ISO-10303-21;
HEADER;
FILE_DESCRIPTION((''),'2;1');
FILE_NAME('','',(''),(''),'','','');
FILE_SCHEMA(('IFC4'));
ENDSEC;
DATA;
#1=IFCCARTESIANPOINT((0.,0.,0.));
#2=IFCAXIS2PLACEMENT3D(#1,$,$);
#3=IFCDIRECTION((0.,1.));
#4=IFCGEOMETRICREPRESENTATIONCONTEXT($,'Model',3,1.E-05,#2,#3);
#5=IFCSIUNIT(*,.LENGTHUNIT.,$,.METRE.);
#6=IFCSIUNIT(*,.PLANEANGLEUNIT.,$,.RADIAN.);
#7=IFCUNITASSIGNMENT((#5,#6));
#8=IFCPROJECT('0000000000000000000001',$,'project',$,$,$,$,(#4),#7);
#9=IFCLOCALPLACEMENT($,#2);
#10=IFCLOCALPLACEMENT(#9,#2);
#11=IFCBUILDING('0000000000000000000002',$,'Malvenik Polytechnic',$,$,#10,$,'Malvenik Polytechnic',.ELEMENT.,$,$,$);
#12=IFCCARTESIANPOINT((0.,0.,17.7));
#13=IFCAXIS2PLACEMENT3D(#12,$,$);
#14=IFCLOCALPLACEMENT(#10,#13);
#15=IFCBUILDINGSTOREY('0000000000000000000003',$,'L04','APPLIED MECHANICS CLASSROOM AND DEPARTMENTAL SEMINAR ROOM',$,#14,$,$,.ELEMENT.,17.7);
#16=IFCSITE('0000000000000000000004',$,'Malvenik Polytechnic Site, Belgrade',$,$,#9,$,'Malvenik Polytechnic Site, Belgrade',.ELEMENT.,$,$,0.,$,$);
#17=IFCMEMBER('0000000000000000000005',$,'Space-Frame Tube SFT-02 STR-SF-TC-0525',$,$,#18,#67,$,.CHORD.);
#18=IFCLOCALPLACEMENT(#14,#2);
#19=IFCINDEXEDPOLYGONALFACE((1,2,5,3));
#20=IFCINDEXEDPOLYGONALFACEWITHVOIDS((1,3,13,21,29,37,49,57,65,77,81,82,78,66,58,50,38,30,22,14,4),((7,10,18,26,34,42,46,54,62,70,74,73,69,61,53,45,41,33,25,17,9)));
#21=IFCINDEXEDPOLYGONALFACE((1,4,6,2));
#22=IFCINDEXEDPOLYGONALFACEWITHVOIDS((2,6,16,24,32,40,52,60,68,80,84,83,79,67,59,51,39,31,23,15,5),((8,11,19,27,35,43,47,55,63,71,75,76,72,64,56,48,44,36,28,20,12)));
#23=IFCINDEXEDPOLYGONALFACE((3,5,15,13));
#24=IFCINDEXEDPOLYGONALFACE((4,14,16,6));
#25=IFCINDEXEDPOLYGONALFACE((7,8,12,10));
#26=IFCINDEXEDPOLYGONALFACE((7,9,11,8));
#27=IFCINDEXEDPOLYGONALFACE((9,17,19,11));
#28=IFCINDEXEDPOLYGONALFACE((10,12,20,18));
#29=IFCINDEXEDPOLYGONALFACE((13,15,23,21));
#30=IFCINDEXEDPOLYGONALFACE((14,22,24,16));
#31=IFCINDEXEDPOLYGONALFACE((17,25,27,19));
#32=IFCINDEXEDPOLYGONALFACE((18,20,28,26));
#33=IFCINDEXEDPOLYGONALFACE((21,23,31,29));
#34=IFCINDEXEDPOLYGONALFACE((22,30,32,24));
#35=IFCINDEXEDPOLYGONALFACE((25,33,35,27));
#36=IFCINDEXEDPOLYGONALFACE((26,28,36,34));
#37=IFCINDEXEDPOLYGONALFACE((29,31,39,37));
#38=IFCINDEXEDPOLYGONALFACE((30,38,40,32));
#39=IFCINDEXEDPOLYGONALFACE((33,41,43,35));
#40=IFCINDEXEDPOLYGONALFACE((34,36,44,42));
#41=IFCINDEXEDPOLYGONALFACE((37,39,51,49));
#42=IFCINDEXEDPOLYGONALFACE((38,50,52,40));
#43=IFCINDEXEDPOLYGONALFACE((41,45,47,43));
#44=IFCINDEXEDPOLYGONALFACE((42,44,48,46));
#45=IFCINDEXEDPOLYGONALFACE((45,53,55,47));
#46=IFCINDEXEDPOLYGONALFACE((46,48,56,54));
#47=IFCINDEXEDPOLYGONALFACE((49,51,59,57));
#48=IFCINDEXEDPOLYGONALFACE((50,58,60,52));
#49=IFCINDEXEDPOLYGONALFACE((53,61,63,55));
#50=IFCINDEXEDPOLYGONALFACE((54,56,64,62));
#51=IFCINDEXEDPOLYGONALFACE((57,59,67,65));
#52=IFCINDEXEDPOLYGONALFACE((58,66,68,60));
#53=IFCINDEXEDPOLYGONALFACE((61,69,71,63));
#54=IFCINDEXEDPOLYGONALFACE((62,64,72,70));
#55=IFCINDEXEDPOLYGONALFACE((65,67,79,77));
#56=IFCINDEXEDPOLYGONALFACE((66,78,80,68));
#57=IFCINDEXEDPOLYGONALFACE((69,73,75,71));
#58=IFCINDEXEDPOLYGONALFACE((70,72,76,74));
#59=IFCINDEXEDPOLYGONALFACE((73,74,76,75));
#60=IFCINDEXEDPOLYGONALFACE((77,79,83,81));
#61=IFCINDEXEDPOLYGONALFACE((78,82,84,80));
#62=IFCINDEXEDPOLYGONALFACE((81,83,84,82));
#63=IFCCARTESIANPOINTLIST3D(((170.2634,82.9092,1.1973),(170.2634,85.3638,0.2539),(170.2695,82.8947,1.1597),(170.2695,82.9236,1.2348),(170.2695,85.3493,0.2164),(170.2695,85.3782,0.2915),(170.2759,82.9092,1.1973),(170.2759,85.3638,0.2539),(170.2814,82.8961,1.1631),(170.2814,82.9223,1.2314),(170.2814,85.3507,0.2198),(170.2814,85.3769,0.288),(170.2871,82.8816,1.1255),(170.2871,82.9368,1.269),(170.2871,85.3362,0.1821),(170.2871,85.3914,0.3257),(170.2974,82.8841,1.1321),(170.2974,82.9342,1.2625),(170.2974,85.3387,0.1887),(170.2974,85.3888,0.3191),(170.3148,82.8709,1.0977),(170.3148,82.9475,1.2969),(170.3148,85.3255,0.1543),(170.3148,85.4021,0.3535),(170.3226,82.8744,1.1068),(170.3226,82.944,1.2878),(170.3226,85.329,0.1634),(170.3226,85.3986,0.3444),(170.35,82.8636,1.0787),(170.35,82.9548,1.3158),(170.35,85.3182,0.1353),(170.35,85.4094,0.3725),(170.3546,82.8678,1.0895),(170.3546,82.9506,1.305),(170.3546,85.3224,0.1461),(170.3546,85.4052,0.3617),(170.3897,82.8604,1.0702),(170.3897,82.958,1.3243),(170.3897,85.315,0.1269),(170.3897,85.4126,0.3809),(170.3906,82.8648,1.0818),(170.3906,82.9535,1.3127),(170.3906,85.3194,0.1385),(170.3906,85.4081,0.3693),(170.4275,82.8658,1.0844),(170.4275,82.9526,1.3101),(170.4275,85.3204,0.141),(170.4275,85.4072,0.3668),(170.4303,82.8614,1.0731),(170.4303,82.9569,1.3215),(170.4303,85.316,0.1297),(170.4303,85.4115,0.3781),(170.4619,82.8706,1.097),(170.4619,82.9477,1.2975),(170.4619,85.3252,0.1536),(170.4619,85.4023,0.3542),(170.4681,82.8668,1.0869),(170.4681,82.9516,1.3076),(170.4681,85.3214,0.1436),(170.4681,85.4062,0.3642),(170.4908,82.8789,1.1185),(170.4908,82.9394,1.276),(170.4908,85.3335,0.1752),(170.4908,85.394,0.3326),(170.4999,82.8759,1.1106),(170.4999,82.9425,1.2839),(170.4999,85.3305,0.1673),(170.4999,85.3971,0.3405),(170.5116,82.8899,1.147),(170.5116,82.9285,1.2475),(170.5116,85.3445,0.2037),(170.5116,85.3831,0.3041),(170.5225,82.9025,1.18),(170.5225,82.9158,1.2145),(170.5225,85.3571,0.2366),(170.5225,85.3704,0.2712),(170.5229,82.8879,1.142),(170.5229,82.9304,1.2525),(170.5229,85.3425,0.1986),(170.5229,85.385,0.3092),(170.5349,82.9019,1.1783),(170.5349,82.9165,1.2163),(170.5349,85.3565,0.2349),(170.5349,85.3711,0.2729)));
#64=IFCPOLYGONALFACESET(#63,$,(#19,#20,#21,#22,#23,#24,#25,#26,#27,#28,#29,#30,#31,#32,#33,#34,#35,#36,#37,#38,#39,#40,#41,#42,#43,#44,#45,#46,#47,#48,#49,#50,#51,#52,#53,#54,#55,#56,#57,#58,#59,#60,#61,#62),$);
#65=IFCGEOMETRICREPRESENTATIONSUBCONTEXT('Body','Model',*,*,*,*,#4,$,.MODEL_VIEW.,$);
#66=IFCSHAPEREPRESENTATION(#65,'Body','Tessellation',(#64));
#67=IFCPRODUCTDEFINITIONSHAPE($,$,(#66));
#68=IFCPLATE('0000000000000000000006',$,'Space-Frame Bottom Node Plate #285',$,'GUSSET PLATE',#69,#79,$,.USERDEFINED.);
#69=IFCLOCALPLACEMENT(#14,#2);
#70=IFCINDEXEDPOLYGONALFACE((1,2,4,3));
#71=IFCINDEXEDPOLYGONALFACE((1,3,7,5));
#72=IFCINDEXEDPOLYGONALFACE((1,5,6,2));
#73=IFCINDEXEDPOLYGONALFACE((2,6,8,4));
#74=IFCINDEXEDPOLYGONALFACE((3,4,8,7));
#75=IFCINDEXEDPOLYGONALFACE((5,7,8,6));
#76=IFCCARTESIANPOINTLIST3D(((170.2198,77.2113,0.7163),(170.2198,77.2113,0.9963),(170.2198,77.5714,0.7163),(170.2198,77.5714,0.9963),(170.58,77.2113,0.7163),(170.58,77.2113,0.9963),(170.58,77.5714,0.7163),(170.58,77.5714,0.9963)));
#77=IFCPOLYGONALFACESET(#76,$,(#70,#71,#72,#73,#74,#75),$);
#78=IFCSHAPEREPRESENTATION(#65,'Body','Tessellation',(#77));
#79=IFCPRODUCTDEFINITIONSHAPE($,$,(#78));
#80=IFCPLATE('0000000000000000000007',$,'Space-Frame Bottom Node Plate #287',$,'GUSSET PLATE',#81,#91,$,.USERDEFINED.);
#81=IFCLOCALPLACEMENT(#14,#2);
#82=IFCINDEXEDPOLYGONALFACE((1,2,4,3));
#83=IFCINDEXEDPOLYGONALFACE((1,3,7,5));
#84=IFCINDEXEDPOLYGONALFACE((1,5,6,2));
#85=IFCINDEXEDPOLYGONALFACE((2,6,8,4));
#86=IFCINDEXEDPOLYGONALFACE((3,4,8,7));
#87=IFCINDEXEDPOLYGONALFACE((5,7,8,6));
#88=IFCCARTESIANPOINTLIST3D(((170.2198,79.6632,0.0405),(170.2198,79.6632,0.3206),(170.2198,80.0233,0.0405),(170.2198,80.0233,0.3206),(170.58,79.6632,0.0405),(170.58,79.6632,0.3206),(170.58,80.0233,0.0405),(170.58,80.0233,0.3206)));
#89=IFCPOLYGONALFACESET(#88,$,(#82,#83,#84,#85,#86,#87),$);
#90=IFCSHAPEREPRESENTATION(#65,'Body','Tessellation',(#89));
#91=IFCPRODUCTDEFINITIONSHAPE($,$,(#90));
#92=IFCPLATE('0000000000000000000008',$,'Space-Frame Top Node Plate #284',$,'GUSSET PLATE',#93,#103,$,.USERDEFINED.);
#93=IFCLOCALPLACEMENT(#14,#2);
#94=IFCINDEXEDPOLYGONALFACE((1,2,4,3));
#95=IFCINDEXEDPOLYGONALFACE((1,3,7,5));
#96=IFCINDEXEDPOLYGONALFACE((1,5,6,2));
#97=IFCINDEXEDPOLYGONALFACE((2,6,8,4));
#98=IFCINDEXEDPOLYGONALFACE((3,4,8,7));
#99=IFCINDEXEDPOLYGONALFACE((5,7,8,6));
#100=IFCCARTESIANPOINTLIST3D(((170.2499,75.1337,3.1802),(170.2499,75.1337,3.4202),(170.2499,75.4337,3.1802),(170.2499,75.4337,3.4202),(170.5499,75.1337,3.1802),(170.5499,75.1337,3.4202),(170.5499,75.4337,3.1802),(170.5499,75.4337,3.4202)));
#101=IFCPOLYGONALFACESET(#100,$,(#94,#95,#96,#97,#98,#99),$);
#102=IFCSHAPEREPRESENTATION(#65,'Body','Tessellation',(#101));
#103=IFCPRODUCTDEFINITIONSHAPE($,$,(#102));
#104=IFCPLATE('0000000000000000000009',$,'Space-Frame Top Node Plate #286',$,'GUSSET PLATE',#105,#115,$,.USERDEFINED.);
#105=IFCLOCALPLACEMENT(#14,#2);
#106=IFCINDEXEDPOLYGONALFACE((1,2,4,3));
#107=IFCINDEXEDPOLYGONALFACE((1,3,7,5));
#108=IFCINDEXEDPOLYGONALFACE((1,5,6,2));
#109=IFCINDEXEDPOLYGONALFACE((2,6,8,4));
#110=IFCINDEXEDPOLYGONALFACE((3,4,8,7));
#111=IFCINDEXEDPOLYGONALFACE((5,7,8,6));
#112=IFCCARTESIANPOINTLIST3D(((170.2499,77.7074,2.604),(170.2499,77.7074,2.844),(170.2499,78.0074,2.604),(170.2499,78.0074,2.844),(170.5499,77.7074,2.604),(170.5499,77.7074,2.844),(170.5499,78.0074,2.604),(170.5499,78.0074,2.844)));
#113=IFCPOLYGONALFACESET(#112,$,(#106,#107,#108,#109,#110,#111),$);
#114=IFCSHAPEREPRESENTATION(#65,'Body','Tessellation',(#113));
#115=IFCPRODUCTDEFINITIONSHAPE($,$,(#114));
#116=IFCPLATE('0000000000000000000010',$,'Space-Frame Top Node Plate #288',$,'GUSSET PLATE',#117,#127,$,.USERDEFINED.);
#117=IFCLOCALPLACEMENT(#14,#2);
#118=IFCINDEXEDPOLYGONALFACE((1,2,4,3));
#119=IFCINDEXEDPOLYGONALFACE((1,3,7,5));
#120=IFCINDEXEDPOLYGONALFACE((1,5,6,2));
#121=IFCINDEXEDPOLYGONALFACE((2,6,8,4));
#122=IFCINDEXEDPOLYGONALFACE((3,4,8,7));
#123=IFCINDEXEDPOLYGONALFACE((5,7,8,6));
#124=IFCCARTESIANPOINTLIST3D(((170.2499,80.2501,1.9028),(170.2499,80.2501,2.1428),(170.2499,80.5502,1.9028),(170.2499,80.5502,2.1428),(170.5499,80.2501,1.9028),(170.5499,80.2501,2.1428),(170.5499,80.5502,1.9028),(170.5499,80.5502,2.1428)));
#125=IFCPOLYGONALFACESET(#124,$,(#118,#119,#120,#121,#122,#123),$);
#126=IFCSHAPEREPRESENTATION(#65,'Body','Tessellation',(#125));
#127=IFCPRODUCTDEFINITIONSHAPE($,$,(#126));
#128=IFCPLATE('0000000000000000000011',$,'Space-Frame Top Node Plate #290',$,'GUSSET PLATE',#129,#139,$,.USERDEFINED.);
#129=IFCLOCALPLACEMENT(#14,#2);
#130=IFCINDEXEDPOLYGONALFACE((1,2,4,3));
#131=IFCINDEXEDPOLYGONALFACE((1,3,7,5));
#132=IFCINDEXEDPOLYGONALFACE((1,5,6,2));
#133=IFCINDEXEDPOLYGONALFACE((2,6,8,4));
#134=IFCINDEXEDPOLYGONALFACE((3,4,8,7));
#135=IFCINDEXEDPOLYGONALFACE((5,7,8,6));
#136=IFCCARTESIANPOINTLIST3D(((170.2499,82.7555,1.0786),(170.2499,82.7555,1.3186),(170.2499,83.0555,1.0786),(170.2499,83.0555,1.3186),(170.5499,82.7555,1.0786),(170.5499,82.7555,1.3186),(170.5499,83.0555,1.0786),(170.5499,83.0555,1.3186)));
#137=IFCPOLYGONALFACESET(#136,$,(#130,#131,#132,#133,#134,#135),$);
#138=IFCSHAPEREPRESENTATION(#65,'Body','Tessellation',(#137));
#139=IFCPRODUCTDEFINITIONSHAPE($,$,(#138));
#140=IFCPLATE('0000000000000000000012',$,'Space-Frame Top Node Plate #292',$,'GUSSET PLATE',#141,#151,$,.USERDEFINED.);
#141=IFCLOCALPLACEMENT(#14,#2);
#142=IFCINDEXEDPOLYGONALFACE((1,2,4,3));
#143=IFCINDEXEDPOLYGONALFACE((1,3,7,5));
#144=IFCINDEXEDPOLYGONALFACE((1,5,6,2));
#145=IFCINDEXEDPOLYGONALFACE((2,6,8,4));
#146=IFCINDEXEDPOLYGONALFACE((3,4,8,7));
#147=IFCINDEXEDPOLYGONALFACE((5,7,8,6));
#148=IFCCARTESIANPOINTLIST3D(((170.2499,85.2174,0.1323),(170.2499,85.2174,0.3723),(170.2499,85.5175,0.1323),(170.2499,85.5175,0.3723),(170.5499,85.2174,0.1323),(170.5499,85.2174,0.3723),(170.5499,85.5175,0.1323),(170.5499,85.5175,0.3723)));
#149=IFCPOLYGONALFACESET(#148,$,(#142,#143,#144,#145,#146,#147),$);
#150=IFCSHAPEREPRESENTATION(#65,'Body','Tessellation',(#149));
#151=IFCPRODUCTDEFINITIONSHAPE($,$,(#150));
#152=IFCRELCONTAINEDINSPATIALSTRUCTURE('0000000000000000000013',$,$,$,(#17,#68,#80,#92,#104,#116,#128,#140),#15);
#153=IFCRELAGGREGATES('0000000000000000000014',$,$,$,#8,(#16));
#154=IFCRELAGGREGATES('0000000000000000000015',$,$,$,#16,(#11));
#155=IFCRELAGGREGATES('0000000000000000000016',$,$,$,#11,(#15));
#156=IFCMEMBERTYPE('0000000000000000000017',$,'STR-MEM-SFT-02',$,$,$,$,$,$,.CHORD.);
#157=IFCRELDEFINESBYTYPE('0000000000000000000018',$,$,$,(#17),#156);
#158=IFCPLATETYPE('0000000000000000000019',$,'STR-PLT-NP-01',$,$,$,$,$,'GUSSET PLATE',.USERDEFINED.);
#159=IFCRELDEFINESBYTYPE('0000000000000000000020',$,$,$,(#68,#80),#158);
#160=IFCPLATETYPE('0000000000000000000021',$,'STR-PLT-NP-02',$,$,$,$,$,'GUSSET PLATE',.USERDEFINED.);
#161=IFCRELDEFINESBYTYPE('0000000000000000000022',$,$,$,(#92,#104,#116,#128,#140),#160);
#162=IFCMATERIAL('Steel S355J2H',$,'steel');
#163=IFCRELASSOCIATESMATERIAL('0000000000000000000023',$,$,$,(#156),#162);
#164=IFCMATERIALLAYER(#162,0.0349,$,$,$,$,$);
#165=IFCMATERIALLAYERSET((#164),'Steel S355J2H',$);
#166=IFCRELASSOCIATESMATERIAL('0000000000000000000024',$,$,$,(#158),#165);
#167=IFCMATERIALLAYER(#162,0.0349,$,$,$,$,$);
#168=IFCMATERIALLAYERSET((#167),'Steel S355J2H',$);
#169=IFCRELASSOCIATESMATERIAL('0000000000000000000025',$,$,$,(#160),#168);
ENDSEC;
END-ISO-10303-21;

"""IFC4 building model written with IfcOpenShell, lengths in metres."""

from ifc_helpers import new_model, si_unit, direction, frame, origin, origin_2d, place, context, subcontext, project, spatial, rectangle, hollow_circle, extrude, material, layer, layer_set, material_profile, profile_set, type_object, element, save


model = new_model("IFC4")

# Units and contexts
model_context = context("Model", 3, precision=1e-05, world=origin(), true_north=direction((0.0, 1.0)))
body_context = subcontext(model_context, "Body", "Model", "MODEL_VIEW")
ifc_project = project(units=[si_unit("LENGTHUNIT", "METRE"), si_unit("PLANEANGLEUNIT", "RADIAN")], contexts=[model_context])

# Site, building, storey
site_placement = place(None, origin())
site = spatial("IfcSite", under=ifc_project, at=site_placement, Name="Malvenik Polytechnic Site, Belgrade", LongName="Malvenik Polytechnic Site, Belgrade", CompositionType="ELEMENT", RefElevation=0.0)
building_placement = place(site_placement, origin())
building = spatial("IfcBuilding", under=site, at=building_placement, Name="Malvenik Polytechnic", LongName="Malvenik Polytechnic", CompositionType="ELEMENT")
storey_placement = place(building_placement, frame((0.0, 0.0, 17.7)))
storey = spatial("IfcBuildingStorey", under=building, at=storey_placement, Name="L04", Description="APPLIED MECHANICS CLASSROOM AND DEPARTMENTAL SEMINAR ROOM", CompositionType="ELEMENT", Elevation=17.7)

# Member
ifc_material = material(Name="Steel S355J2H", Category="steel")
ifc_material_profile_1 = material_profile(ifc_material, hollow_circle(Radius=0.1365, WallThickness=0.0125, at=origin_2d()), Name="CHS 273.0x12.5")
ifc_profile_set_1 = profile_set([ifc_material_profile_1], Name="Steel S355J2H")
member_type_1 = type_object("IfcMemberType", Name="STR-MEM-SFT-02", PredefinedType="CHORD", material=ifc_profile_set_1)
member_1_placement = place(storey_placement, frame((170.3999, 82.9092, 1.1973), z_axis=(0.0, 0.933437, -0.358743), x_axis=(-1.0, 0.0, 0.0)))
element("IfcMember", 1, at=member_1_placement, inside=storey, type_object=member_type_1, Name="Space-Frame Tube SFT-02 STR-SF-TC-0525", PredefinedType="CHORD", context=body_context, shape_type="SweptSolid", body=[
    extrude(hollow_circle(Radius=0.1365, WallThickness=0.0125, at=origin_2d()), origin(), (0.0, 0.0, 1.0), 2.6296),
])

# Plates
ifc_layer_1 = layer(ifc_material, 0.0349)
ifc_layer_set_1 = layer_set([ifc_layer_1], Name="Steel S355J2H")
plate_type_1 = type_object("IfcPlateType", Name="STR-PLT-NP-01", ElementType="GUSSET PLATE", PredefinedType="USERDEFINED", material=ifc_layer_set_1)
for number, where, z_axis, x_axis, name in (
    (2, (170.3999, 77.3914, 0.7163), (0.0, 0.0, 1.0), (1.0, 0.0, 0.0), "Space-Frame Bottom Node Plate #285"),
    (3, (170.3999, 79.8433, 0.0405), (0.0, 0.0, 1.0), (1.0, 0.0, 0.0), "Space-Frame Bottom Node Plate #287"),
):
    element("IfcPlate", number, at=place(storey_placement, frame(where, z_axis=z_axis, x_axis=x_axis)), inside=storey, type_object=plate_type_1, Name=name, ObjectType="GUSSET PLATE", PredefinedType="USERDEFINED", context=body_context, shape_type="SweptSolid", body=[
        extrude(rectangle(XDim=0.3601, YDim=0.3601, at=origin_2d()), origin(), (0.0, 0.0, 1.0), 0.28),
    ])
ifc_layer_2 = layer(ifc_material, 0.0349)
ifc_layer_set_2 = layer_set([ifc_layer_2], Name="Steel S355J2H")
plate_type_2 = type_object("IfcPlateType", Name="STR-PLT-NP-02", ElementType="GUSSET PLATE", PredefinedType="USERDEFINED", material=ifc_layer_set_2)
for number, where, z_axis, x_axis, name in (
    (4, (170.3999, 75.2837, 3.1802), (0.0, 0.0, 1.0), (1.0, 0.0, 0.0), "Space-Frame Top Node Plate #284"),
    (5, (170.3999, 77.8574, 2.604), (0.0, 0.0, 1.0), (1.0, 0.0, 0.0), "Space-Frame Top Node Plate #286"),
    (6, (170.3999, 80.4001, 1.9028), (0.0, 0.0, 1.0), (1.0, 0.0, 0.0), "Space-Frame Top Node Plate #288"),
    (7, (170.3999, 82.9055, 1.0786), (0.0, 0.0, 1.0), (1.0, 0.0, 0.0), "Space-Frame Top Node Plate #290"),
    (8, (170.3999, 85.3674, 0.1323), (0.0, 0.0, 1.0), (1.0, 0.0, 0.0), "Space-Frame Top Node Plate #292"),
):
    element("IfcPlate", number, at=place(storey_placement, frame(where, z_axis=z_axis, x_axis=x_axis)), inside=storey, type_object=plate_type_2, Name=name, ObjectType="GUSSET PLATE", PredefinedType="USERDEFINED", context=body_context, shape_type="SweptSolid", body=[
        extrude(rectangle(XDim=0.3, YDim=0.3, at=origin_2d()), origin(), (0.0, 0.0, 1.0), 0.24),
    ])

save(model, "model.ifc")
